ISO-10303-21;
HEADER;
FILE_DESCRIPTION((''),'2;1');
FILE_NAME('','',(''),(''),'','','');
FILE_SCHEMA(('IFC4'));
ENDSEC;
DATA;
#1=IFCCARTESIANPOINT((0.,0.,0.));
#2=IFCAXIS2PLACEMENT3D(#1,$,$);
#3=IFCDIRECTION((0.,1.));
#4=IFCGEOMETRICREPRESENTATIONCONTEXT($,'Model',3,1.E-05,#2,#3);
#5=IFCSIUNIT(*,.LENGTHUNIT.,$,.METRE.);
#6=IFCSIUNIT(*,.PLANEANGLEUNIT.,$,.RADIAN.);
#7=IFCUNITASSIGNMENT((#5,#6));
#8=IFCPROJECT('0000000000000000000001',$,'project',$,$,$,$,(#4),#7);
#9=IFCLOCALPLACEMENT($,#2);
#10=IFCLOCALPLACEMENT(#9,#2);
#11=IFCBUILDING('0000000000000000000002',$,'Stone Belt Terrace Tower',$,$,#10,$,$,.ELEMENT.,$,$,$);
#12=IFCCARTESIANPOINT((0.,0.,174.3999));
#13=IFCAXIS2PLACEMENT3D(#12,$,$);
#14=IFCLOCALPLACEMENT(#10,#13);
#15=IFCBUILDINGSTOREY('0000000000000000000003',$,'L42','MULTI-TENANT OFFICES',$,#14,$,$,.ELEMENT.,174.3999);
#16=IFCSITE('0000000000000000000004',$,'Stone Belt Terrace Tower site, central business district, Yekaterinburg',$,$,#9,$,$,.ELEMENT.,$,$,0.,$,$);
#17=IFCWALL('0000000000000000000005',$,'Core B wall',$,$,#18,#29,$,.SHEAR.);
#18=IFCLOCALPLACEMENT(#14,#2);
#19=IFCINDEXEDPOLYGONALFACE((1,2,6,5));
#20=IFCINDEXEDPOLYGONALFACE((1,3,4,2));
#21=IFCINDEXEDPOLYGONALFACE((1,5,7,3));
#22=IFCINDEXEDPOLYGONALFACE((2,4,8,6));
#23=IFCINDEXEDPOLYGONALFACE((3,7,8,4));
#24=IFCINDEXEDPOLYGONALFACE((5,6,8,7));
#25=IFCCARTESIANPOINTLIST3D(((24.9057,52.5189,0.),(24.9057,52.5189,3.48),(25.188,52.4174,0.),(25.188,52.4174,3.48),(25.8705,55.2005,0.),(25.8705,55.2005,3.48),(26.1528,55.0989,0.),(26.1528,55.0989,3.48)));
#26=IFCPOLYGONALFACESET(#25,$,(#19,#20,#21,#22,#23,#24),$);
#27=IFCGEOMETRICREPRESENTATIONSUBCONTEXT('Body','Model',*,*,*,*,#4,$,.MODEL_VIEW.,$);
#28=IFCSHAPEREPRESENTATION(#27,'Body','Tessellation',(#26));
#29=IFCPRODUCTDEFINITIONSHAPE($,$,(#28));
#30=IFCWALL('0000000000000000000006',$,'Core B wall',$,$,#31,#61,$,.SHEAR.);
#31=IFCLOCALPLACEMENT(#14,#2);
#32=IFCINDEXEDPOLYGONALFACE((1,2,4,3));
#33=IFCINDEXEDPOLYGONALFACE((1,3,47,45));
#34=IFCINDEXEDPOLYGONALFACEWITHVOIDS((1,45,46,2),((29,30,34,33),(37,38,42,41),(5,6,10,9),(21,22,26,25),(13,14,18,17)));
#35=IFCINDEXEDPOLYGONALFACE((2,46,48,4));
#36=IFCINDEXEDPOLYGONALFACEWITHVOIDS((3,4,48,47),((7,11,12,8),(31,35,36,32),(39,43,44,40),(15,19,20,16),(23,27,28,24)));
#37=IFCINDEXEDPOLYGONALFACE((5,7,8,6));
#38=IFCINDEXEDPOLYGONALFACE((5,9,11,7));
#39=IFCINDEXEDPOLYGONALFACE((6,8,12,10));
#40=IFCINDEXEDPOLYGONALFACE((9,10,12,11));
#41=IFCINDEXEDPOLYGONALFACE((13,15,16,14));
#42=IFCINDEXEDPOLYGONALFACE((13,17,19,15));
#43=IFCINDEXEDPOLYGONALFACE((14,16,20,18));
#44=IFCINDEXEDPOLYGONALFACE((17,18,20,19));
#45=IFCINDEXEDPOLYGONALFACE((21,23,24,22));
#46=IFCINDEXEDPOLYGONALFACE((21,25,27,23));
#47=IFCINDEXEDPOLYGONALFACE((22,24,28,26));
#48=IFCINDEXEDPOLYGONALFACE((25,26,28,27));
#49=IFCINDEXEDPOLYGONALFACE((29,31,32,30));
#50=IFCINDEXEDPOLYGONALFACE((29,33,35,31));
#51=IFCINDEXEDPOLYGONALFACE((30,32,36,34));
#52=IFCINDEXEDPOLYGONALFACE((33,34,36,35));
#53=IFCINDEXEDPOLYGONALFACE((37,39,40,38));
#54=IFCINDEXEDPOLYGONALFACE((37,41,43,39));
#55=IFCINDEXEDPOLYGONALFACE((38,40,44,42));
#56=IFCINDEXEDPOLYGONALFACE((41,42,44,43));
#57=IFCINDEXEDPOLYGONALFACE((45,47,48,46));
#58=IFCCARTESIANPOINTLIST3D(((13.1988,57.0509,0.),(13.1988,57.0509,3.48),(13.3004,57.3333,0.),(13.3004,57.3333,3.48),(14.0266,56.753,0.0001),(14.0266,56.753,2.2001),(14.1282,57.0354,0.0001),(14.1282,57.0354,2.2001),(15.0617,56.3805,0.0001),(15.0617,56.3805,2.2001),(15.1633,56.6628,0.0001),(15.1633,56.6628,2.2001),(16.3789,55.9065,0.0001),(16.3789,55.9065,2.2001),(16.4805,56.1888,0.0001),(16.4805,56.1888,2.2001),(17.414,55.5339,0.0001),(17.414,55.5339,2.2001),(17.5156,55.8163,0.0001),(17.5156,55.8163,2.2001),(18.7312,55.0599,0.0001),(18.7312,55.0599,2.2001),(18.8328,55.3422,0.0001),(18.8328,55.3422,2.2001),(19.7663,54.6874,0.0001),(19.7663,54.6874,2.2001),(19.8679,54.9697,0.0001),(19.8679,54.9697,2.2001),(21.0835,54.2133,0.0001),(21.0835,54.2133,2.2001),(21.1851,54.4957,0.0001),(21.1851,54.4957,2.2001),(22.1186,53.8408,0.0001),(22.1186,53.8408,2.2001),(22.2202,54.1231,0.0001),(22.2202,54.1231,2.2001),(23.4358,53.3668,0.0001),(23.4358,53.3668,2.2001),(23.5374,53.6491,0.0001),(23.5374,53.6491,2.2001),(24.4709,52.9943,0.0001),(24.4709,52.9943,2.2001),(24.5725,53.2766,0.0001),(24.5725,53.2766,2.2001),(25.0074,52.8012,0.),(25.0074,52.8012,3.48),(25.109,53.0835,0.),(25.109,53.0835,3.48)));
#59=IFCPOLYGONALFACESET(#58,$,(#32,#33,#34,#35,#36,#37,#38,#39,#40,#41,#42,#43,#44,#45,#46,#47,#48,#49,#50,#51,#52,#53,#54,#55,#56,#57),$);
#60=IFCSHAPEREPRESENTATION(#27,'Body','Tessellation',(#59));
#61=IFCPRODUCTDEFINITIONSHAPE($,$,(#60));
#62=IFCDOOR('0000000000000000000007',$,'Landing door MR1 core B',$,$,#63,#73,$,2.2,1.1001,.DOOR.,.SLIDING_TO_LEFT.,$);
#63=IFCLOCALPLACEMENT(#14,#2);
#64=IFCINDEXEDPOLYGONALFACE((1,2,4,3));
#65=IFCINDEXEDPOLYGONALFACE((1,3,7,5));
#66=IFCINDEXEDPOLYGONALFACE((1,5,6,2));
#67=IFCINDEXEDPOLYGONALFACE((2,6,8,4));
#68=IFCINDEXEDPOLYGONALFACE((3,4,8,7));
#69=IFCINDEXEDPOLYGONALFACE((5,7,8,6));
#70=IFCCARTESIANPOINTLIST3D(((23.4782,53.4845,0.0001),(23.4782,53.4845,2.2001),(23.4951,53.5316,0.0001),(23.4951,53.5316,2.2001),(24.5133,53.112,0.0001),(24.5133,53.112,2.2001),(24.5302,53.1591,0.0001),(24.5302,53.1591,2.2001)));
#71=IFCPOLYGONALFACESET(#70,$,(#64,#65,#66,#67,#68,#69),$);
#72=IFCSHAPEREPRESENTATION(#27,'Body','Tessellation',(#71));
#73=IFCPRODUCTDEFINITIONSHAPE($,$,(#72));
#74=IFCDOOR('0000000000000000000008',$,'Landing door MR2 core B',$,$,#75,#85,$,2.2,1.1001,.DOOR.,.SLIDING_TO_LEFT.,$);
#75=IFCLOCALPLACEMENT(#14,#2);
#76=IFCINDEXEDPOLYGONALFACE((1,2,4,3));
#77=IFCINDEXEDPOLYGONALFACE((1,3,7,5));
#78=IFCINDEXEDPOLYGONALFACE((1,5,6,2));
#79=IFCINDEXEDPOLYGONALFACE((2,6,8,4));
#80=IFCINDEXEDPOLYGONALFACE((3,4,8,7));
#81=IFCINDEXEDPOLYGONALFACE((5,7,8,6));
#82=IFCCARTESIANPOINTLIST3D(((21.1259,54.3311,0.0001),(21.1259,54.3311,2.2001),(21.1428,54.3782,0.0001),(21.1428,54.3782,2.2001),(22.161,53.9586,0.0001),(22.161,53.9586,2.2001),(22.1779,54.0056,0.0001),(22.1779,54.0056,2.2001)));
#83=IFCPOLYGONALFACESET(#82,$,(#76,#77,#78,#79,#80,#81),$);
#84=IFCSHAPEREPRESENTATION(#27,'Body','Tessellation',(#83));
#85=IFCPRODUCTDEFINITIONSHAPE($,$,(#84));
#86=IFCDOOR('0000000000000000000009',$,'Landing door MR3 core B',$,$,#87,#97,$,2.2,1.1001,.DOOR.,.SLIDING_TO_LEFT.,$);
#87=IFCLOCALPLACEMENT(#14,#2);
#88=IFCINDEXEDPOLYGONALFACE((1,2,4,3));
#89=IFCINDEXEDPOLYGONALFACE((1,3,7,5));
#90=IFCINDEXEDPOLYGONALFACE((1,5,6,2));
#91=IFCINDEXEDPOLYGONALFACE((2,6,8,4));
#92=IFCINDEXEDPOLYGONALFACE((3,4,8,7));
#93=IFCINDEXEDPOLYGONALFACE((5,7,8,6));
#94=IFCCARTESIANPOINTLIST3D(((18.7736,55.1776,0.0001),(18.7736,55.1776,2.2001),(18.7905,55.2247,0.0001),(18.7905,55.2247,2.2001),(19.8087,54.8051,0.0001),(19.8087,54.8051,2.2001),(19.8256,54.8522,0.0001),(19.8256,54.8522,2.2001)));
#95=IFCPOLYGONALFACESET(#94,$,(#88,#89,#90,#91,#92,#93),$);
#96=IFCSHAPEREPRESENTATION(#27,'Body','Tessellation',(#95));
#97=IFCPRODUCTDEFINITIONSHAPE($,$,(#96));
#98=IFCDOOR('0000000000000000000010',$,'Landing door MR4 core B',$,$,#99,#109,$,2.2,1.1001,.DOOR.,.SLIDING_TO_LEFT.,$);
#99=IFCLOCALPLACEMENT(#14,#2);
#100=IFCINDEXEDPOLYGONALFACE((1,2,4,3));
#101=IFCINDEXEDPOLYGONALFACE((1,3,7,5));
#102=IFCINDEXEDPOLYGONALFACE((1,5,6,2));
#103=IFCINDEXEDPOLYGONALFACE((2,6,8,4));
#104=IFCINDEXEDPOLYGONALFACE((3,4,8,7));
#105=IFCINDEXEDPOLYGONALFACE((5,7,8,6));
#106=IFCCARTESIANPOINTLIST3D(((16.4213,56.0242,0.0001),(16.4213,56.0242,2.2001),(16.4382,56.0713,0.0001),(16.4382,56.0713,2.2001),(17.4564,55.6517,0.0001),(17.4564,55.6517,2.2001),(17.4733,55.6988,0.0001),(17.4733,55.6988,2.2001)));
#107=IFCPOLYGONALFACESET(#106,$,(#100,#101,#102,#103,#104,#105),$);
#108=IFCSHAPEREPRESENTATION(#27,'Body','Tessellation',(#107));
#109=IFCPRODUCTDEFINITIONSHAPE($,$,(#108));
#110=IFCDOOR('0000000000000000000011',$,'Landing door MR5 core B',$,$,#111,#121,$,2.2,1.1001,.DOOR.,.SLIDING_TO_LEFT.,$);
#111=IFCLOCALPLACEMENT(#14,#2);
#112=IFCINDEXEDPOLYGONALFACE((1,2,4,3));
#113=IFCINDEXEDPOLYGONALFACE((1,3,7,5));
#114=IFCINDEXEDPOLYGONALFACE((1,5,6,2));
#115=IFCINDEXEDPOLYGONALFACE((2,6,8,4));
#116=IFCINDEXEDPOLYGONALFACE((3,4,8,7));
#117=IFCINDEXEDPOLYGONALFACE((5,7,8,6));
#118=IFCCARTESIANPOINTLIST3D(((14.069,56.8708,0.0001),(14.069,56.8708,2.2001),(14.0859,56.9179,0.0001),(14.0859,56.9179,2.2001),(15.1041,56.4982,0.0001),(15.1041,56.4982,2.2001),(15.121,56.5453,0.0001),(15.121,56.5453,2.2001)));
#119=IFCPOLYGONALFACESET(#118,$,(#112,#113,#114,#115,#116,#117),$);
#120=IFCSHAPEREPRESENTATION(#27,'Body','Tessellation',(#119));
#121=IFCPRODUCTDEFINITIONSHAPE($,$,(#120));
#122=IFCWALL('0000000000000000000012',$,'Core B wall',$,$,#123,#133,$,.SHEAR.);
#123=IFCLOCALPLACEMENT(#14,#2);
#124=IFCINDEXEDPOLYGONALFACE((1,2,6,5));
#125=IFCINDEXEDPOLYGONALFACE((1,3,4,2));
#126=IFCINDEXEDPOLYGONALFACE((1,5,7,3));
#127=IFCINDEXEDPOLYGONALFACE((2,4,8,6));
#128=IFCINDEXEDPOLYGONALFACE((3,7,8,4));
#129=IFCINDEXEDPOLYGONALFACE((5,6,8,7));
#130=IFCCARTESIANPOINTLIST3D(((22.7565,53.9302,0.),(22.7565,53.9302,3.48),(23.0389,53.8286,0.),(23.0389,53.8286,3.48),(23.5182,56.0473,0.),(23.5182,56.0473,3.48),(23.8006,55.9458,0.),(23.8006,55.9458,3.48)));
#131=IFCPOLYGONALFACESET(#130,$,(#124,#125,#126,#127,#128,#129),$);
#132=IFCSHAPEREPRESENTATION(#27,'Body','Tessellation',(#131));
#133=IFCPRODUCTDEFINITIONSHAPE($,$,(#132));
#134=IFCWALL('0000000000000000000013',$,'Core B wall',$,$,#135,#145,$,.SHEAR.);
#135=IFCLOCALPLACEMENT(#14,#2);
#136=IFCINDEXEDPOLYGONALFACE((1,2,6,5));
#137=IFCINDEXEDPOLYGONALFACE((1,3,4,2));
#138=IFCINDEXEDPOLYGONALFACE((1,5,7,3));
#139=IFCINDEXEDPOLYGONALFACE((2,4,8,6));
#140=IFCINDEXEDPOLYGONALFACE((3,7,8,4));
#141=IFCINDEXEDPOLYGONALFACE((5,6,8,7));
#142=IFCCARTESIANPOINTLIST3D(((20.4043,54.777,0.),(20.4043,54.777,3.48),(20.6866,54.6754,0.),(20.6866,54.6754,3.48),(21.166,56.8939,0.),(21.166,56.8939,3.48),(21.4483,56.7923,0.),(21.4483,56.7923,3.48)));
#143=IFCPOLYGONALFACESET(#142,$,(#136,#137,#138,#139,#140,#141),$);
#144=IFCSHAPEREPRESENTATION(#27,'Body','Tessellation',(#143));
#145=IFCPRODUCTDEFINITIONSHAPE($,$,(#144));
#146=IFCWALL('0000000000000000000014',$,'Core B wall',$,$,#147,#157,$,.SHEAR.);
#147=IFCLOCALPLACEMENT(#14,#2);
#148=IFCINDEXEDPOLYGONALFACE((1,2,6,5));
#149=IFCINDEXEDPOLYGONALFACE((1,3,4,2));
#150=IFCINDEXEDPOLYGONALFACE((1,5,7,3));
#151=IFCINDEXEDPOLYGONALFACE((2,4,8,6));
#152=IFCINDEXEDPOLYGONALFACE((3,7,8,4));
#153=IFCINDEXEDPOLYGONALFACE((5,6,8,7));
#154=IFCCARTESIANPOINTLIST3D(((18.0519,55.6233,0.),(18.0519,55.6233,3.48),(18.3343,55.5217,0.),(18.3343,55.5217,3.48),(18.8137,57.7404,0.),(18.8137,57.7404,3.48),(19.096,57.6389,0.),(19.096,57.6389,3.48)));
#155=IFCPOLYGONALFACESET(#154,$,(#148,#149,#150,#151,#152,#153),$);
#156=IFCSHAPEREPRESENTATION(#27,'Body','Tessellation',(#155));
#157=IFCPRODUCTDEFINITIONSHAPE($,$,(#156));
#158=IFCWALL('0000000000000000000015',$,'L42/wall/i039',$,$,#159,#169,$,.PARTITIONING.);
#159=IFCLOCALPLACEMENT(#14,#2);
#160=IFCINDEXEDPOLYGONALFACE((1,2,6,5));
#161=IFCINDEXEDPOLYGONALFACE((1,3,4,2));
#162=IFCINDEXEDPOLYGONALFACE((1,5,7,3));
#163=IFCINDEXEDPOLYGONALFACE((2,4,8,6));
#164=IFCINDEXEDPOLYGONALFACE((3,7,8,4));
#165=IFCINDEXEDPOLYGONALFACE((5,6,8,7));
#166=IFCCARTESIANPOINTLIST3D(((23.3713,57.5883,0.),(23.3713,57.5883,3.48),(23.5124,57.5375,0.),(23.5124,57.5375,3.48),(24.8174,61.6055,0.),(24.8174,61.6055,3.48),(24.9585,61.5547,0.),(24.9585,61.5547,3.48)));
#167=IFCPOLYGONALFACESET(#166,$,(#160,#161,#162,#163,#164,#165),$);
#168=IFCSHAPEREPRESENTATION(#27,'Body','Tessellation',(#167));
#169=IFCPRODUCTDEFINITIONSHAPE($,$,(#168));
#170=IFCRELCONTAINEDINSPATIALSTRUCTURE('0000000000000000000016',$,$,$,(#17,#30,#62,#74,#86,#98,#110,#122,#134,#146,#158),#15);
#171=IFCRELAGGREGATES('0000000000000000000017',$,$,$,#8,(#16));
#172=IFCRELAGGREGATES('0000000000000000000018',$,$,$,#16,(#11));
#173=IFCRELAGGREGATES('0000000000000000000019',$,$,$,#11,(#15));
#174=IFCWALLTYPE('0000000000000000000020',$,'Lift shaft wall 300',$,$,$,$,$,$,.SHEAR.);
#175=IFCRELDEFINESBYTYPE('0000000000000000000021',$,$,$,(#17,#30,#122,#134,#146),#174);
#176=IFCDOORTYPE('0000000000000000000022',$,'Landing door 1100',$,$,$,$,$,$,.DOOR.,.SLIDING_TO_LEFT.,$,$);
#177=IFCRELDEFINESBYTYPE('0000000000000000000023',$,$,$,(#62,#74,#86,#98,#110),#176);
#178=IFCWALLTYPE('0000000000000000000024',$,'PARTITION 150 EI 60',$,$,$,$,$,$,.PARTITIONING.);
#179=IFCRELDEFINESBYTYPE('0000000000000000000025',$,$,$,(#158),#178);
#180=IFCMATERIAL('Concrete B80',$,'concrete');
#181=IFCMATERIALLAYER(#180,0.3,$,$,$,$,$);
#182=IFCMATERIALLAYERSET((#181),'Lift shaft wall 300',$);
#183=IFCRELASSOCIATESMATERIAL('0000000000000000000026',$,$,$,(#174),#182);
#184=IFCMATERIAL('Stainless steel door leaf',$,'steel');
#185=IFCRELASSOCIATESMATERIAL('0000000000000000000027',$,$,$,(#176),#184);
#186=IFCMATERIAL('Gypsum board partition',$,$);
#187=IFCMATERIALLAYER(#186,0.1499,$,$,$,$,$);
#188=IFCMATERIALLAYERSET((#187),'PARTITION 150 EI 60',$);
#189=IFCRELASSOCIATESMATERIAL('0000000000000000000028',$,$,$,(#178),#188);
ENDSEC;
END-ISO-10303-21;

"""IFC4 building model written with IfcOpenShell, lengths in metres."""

from ifc_helpers import new_model, si_unit, direction, frame, frame_2d, origin, place, context, subcontext, project, spatial, rectangle, extrude, material, layer, layer_set, type_object, element, fill, save


model = new_model("IFC4")

# Units and contexts
model_context = context("Model", 3, precision=1e-05, world=origin(), true_north=direction((0.0, 1.0)))
body_context = subcontext(model_context, "Body", "Model", "MODEL_VIEW")
ifc_project = project(units=[si_unit("LENGTHUNIT", "METRE"), si_unit("PLANEANGLEUNIT", "RADIAN")], contexts=[model_context])

# Site, building, storey
site_placement = place(None, origin())
site = spatial("IfcSite", under=ifc_project, at=site_placement, Name="Stone Belt Terrace Tower site, central business district, Yekaterinburg", CompositionType="ELEMENT", RefElevation=0.0)
building_placement = place(site_placement, origin())
building = spatial("IfcBuilding", under=site, at=building_placement, Name="Stone Belt Terrace Tower", CompositionType="ELEMENT")
storey_placement = place(building_placement, frame((0.0, 0.0, 174.3999)))
storey = spatial("IfcBuildingStorey", under=building, at=storey_placement, Name="L42", Description="MULTI-TENANT OFFICES", CompositionType="ELEMENT", Elevation=174.3999)

# Shared definitions
ifc_material_1 = material(Name="Concrete B80", Category="concrete")

# Wall
ifc_layer_1 = layer(ifc_material_1, 0.3)
ifc_layer_set_1 = layer_set([ifc_layer_1], Name="Lift shaft wall 300")
wall_type_1 = type_object("IfcWallType", Name="Lift shaft wall 300", PredefinedType="SHEAR", material=ifc_layer_set_1)
wall_1_placement = place(storey_placement, frame((25.0469, 52.4683, 0.0), z_axis=(0.0, 0.0, 1.0), x_axis=(0.33855, 0.940949, 0.0)))
element("IfcWall", 1, at=wall_1_placement, inside=storey, type_object=wall_type_1, Name="Core B wall", PredefinedType="SHEAR", context=body_context, shape_type="SweptSolid", body=[
    extrude(rectangle(XDim=2.8499, YDim=0.3, at=frame_2d((1.4248, 0.0))), origin(), (0.0, 0.0, 1.0), 3.48),
])

# Wall, openings, doors
wall_2_placement = place(storey_placement, frame((25.0581, 52.9424, 0.0), z_axis=(0.0, 0.0, 1.0), x_axis=(-0.940921, 0.338625, 0.0)))
wall_2 = element("IfcWall", 2, at=wall_2_placement, inside=storey, type_object=wall_type_1, Name="Core B wall", PredefinedType="SHEAR", context=body_context, shape_type="SweptSolid", body=[
    extrude(rectangle(XDim=12.55, YDim=0.3, at=frame_2d((6.2749, 0.0))), origin(), (0.0, 0.0, 1.0), 3.48),
])
opening_1_placement = place(wall_2_placement, frame((0.5701, 0.0, 0.0)))
opening_1 = element("IfcOpeningElement", 3, at=opening_1_placement, cuts=wall_2, PredefinedType="OPENING", context=body_context, shape_type="SweptSolid", body=[
    extrude(rectangle(XDim=1.1001, YDim=2.2, at=frame_2d((0.55, 1.1001))), frame((0.0, 0.1599, 0.0), z_axis=(0.0, -1.0, 0.0), x_axis=(1.0, 0.0, 0.0)), (0.0, 0.0, 1.0), 0.3201),
])
opening_2_placement = place(wall_2_placement, frame((3.0701, 0.0, 0.0)))
opening_2 = element("IfcOpeningElement", 4, at=opening_2_placement, cuts=wall_2, PredefinedType="OPENING", context=body_context, shape_type="SweptSolid", body=[
    extrude(rectangle(XDim=1.1001, YDim=2.2, at=frame_2d((0.55, 1.1001))), frame((0.0, 0.1599, 0.0), z_axis=(0.0, -1.0, 0.0), x_axis=(1.0, 0.0, 0.0)), (0.0, 0.0, 1.0), 0.3201),
])
opening_3_placement = place(wall_2_placement, frame((5.5701, 0.0, 0.0)))
opening_3 = element("IfcOpeningElement", 5, at=opening_3_placement, cuts=wall_2, PredefinedType="OPENING", context=body_context, shape_type="SweptSolid", body=[
    extrude(rectangle(XDim=1.1001, YDim=2.2, at=frame_2d((0.55, 1.1001))), frame((0.0, 0.1599, 0.0), z_axis=(0.0, -1.0, 0.0), x_axis=(1.0, 0.0, 0.0)), (0.0, 0.0, 1.0), 0.3201),
])
opening_4_placement = place(wall_2_placement, frame((8.0701, 0.0, 0.0)))
opening_4 = element("IfcOpeningElement", 6, at=opening_4_placement, cuts=wall_2, PredefinedType="OPENING", context=body_context, shape_type="SweptSolid", body=[
    extrude(rectangle(XDim=1.1001, YDim=2.2, at=frame_2d((0.55, 1.1001))), frame((0.0, 0.1599, 0.0), z_axis=(0.0, -1.0, 0.0), x_axis=(1.0, 0.0, 0.0)), (0.0, 0.0, 1.0), 0.3201),
])
opening_5_placement = place(wall_2_placement, frame((10.5701, 0.0, 0.0)))
opening_5 = element("IfcOpeningElement", 7, at=opening_5_placement, cuts=wall_2, PredefinedType="OPENING", context=body_context, shape_type="SweptSolid", body=[
    extrude(rectangle(XDim=1.1001, YDim=2.2, at=frame_2d((0.55, 1.1001))), frame((0.0, 0.1599, 0.0), z_axis=(0.0, -1.0, 0.0), x_axis=(1.0, 0.0, 0.0)), (0.0, 0.0, 1.0), 0.3201),
])
ifc_material_2 = material(Name="Stainless steel door leaf", Category="steel")
door_type_1 = type_object("IfcDoorType", Name="Landing door 1100", OperationType="SLIDING_TO_LEFT", PredefinedType="DOOR", material=ifc_material_2)
door_1_placement = place(opening_1_placement, origin())
door_1 = element("IfcDoor", 8, at=door_1_placement, inside=storey, type_object=door_type_1, Name="Landing door MR1 core B", OperationType="SLIDING_TO_LEFT", OverallHeight=2.2, OverallWidth=1.1001, PredefinedType="DOOR", context=body_context, shape_type="SweptSolid", body=[
    extrude(rectangle(XDim=1.1001, YDim=2.2, at=frame_2d((0.55, 1.1001))), frame((0.0, 0.0249, 0.0), z_axis=(0.0, -1.0, 0.0), x_axis=(1.0, 0.0, 0.0)), (0.0, 0.0, 1.0), 0.05),
])
fill(opening_1, door_1)
door_2_placement = place(opening_2_placement, origin())
door_2 = element("IfcDoor", 9, at=door_2_placement, inside=storey, type_object=door_type_1, Name="Landing door MR2 core B", OperationType="SLIDING_TO_LEFT", OverallHeight=2.2, OverallWidth=1.1001, PredefinedType="DOOR", context=body_context, shape_type="SweptSolid", body=[
    extrude(rectangle(XDim=1.1001, YDim=2.2, at=frame_2d((0.55, 1.1001))), frame((0.0, 0.0249, 0.0), z_axis=(0.0, -1.0, 0.0), x_axis=(1.0, 0.0, 0.0)), (0.0, 0.0, 1.0), 0.05),
])
fill(opening_2, door_2)
door_3_placement = place(opening_3_placement, origin())
door_3 = element("IfcDoor", 10, at=door_3_placement, inside=storey, type_object=door_type_1, Name="Landing door MR3 core B", OperationType="SLIDING_TO_LEFT", OverallHeight=2.2, OverallWidth=1.1001, PredefinedType="DOOR", context=body_context, shape_type="SweptSolid", body=[
    extrude(rectangle(XDim=1.1001, YDim=2.2, at=frame_2d((0.55, 1.1001))), frame((0.0, 0.0249, 0.0), z_axis=(0.0, -1.0, 0.0), x_axis=(1.0, 0.0, 0.0)), (0.0, 0.0, 1.0), 0.05),
])
fill(opening_3, door_3)
door_4_placement = place(opening_4_placement, origin())
door_4 = element("IfcDoor", 11, at=door_4_placement, inside=storey, type_object=door_type_1, Name="Landing door MR4 core B", OperationType="SLIDING_TO_LEFT", OverallHeight=2.2, OverallWidth=1.1001, PredefinedType="DOOR", context=body_context, shape_type="SweptSolid", body=[
    extrude(rectangle(XDim=1.1001, YDim=2.2, at=frame_2d((0.55, 1.1001))), frame((0.0, 0.0249, 0.0), z_axis=(0.0, -1.0, 0.0), x_axis=(1.0, 0.0, 0.0)), (0.0, 0.0, 1.0), 0.05),
])
fill(opening_4, door_4)
door_5_placement = place(opening_5_placement, origin())
door_5 = element("IfcDoor", 12, at=door_5_placement, inside=storey, type_object=door_type_1, Name="Landing door MR5 core B", OperationType="SLIDING_TO_LEFT", OverallHeight=2.2, OverallWidth=1.1001, PredefinedType="DOOR", context=body_context, shape_type="SweptSolid", body=[
    extrude(rectangle(XDim=1.1001, YDim=2.2, at=frame_2d((0.55, 1.1001))), frame((0.0, 0.0249, 0.0), z_axis=(0.0, -1.0, 0.0), x_axis=(1.0, 0.0, 0.0)), (0.0, 0.0, 1.0), 0.05),
])
fill(opening_5, door_5)

# Walls
wall_3_placement = place(storey_placement, frame((22.8977, 53.8794, 0.0), z_axis=(0.0, 0.0, 1.0), x_axis=(0.338535, 0.940954, 0.0)))
element("IfcWall", 13, at=wall_3_placement, inside=storey, type_object=wall_type_1, Name="Core B wall", PredefinedType="SHEAR", context=body_context, shape_type="SweptSolid", body=[
    extrude(rectangle(XDim=2.25, YDim=0.3, at=frame_2d((1.125, 0.0))), origin(), (0.0, 0.0, 1.0), 3.48),
])
wall_4_placement = place(storey_placement, frame((20.5454, 54.7261, 0.0), z_axis=(0.0, 0.0, 1.0), x_axis=(0.33857, 0.940941, 0.0)))
element("IfcWall", 14, at=wall_4_placement, inside=storey, type_object=wall_type_1, Name="Core B wall", PredefinedType="SHEAR", context=body_context, shape_type="SweptSolid", body=[
    extrude(rectangle(XDim=2.2498, YDim=0.3, at=frame_2d((1.125, 0.0))), origin(), (0.0, 0.0, 1.0), 3.48),
])
wall_5_placement = place(storey_placement, frame((18.1931, 55.5725, 0.0), z_axis=(0.0, 0.0, 1.0), x_axis=(0.338535, 0.940954, 0.0)))
element("IfcWall", 15, at=wall_5_placement, inside=storey, type_object=wall_type_1, Name="Core B wall", PredefinedType="SHEAR", context=body_context, shape_type="SweptSolid", body=[
    extrude(rectangle(XDim=2.25, YDim=0.3, at=frame_2d((1.125, 0.0))), origin(), (0.0, 0.0, 1.0), 3.48),
])
ifc_material_3 = material(Name="Gypsum board partition")
ifc_layer_2 = layer(ifc_material_3, 0.1499)
ifc_layer_set_2 = layer_set([ifc_layer_2], Name="PARTITION 150 EI 60")
wall_type_2 = type_object("IfcWallType", Name="PARTITION 150 EI 60", PredefinedType="PARTITIONING", material=ifc_layer_set_2)
wall_6_placement = place(storey_placement, frame((24.8879, 61.5801, 0.0), z_axis=(0.0, 0.0, 1.0), x_axis=(-0.338697, -0.940895, 0.0)))
element("IfcWall", 16, at=wall_6_placement, inside=storey, type_object=wall_type_2, Name="L42/wall/i039", PredefinedType="PARTITIONING", context=body_context, shape_type="SweptSolid", body=[
    extrude(rectangle(XDim=4.2695, YDim=0.1499, at=frame_2d((2.1348, 0.0))), origin(), (0.0, 0.0, 1.0), 3.48),
])

save(model, "model.ifc")
